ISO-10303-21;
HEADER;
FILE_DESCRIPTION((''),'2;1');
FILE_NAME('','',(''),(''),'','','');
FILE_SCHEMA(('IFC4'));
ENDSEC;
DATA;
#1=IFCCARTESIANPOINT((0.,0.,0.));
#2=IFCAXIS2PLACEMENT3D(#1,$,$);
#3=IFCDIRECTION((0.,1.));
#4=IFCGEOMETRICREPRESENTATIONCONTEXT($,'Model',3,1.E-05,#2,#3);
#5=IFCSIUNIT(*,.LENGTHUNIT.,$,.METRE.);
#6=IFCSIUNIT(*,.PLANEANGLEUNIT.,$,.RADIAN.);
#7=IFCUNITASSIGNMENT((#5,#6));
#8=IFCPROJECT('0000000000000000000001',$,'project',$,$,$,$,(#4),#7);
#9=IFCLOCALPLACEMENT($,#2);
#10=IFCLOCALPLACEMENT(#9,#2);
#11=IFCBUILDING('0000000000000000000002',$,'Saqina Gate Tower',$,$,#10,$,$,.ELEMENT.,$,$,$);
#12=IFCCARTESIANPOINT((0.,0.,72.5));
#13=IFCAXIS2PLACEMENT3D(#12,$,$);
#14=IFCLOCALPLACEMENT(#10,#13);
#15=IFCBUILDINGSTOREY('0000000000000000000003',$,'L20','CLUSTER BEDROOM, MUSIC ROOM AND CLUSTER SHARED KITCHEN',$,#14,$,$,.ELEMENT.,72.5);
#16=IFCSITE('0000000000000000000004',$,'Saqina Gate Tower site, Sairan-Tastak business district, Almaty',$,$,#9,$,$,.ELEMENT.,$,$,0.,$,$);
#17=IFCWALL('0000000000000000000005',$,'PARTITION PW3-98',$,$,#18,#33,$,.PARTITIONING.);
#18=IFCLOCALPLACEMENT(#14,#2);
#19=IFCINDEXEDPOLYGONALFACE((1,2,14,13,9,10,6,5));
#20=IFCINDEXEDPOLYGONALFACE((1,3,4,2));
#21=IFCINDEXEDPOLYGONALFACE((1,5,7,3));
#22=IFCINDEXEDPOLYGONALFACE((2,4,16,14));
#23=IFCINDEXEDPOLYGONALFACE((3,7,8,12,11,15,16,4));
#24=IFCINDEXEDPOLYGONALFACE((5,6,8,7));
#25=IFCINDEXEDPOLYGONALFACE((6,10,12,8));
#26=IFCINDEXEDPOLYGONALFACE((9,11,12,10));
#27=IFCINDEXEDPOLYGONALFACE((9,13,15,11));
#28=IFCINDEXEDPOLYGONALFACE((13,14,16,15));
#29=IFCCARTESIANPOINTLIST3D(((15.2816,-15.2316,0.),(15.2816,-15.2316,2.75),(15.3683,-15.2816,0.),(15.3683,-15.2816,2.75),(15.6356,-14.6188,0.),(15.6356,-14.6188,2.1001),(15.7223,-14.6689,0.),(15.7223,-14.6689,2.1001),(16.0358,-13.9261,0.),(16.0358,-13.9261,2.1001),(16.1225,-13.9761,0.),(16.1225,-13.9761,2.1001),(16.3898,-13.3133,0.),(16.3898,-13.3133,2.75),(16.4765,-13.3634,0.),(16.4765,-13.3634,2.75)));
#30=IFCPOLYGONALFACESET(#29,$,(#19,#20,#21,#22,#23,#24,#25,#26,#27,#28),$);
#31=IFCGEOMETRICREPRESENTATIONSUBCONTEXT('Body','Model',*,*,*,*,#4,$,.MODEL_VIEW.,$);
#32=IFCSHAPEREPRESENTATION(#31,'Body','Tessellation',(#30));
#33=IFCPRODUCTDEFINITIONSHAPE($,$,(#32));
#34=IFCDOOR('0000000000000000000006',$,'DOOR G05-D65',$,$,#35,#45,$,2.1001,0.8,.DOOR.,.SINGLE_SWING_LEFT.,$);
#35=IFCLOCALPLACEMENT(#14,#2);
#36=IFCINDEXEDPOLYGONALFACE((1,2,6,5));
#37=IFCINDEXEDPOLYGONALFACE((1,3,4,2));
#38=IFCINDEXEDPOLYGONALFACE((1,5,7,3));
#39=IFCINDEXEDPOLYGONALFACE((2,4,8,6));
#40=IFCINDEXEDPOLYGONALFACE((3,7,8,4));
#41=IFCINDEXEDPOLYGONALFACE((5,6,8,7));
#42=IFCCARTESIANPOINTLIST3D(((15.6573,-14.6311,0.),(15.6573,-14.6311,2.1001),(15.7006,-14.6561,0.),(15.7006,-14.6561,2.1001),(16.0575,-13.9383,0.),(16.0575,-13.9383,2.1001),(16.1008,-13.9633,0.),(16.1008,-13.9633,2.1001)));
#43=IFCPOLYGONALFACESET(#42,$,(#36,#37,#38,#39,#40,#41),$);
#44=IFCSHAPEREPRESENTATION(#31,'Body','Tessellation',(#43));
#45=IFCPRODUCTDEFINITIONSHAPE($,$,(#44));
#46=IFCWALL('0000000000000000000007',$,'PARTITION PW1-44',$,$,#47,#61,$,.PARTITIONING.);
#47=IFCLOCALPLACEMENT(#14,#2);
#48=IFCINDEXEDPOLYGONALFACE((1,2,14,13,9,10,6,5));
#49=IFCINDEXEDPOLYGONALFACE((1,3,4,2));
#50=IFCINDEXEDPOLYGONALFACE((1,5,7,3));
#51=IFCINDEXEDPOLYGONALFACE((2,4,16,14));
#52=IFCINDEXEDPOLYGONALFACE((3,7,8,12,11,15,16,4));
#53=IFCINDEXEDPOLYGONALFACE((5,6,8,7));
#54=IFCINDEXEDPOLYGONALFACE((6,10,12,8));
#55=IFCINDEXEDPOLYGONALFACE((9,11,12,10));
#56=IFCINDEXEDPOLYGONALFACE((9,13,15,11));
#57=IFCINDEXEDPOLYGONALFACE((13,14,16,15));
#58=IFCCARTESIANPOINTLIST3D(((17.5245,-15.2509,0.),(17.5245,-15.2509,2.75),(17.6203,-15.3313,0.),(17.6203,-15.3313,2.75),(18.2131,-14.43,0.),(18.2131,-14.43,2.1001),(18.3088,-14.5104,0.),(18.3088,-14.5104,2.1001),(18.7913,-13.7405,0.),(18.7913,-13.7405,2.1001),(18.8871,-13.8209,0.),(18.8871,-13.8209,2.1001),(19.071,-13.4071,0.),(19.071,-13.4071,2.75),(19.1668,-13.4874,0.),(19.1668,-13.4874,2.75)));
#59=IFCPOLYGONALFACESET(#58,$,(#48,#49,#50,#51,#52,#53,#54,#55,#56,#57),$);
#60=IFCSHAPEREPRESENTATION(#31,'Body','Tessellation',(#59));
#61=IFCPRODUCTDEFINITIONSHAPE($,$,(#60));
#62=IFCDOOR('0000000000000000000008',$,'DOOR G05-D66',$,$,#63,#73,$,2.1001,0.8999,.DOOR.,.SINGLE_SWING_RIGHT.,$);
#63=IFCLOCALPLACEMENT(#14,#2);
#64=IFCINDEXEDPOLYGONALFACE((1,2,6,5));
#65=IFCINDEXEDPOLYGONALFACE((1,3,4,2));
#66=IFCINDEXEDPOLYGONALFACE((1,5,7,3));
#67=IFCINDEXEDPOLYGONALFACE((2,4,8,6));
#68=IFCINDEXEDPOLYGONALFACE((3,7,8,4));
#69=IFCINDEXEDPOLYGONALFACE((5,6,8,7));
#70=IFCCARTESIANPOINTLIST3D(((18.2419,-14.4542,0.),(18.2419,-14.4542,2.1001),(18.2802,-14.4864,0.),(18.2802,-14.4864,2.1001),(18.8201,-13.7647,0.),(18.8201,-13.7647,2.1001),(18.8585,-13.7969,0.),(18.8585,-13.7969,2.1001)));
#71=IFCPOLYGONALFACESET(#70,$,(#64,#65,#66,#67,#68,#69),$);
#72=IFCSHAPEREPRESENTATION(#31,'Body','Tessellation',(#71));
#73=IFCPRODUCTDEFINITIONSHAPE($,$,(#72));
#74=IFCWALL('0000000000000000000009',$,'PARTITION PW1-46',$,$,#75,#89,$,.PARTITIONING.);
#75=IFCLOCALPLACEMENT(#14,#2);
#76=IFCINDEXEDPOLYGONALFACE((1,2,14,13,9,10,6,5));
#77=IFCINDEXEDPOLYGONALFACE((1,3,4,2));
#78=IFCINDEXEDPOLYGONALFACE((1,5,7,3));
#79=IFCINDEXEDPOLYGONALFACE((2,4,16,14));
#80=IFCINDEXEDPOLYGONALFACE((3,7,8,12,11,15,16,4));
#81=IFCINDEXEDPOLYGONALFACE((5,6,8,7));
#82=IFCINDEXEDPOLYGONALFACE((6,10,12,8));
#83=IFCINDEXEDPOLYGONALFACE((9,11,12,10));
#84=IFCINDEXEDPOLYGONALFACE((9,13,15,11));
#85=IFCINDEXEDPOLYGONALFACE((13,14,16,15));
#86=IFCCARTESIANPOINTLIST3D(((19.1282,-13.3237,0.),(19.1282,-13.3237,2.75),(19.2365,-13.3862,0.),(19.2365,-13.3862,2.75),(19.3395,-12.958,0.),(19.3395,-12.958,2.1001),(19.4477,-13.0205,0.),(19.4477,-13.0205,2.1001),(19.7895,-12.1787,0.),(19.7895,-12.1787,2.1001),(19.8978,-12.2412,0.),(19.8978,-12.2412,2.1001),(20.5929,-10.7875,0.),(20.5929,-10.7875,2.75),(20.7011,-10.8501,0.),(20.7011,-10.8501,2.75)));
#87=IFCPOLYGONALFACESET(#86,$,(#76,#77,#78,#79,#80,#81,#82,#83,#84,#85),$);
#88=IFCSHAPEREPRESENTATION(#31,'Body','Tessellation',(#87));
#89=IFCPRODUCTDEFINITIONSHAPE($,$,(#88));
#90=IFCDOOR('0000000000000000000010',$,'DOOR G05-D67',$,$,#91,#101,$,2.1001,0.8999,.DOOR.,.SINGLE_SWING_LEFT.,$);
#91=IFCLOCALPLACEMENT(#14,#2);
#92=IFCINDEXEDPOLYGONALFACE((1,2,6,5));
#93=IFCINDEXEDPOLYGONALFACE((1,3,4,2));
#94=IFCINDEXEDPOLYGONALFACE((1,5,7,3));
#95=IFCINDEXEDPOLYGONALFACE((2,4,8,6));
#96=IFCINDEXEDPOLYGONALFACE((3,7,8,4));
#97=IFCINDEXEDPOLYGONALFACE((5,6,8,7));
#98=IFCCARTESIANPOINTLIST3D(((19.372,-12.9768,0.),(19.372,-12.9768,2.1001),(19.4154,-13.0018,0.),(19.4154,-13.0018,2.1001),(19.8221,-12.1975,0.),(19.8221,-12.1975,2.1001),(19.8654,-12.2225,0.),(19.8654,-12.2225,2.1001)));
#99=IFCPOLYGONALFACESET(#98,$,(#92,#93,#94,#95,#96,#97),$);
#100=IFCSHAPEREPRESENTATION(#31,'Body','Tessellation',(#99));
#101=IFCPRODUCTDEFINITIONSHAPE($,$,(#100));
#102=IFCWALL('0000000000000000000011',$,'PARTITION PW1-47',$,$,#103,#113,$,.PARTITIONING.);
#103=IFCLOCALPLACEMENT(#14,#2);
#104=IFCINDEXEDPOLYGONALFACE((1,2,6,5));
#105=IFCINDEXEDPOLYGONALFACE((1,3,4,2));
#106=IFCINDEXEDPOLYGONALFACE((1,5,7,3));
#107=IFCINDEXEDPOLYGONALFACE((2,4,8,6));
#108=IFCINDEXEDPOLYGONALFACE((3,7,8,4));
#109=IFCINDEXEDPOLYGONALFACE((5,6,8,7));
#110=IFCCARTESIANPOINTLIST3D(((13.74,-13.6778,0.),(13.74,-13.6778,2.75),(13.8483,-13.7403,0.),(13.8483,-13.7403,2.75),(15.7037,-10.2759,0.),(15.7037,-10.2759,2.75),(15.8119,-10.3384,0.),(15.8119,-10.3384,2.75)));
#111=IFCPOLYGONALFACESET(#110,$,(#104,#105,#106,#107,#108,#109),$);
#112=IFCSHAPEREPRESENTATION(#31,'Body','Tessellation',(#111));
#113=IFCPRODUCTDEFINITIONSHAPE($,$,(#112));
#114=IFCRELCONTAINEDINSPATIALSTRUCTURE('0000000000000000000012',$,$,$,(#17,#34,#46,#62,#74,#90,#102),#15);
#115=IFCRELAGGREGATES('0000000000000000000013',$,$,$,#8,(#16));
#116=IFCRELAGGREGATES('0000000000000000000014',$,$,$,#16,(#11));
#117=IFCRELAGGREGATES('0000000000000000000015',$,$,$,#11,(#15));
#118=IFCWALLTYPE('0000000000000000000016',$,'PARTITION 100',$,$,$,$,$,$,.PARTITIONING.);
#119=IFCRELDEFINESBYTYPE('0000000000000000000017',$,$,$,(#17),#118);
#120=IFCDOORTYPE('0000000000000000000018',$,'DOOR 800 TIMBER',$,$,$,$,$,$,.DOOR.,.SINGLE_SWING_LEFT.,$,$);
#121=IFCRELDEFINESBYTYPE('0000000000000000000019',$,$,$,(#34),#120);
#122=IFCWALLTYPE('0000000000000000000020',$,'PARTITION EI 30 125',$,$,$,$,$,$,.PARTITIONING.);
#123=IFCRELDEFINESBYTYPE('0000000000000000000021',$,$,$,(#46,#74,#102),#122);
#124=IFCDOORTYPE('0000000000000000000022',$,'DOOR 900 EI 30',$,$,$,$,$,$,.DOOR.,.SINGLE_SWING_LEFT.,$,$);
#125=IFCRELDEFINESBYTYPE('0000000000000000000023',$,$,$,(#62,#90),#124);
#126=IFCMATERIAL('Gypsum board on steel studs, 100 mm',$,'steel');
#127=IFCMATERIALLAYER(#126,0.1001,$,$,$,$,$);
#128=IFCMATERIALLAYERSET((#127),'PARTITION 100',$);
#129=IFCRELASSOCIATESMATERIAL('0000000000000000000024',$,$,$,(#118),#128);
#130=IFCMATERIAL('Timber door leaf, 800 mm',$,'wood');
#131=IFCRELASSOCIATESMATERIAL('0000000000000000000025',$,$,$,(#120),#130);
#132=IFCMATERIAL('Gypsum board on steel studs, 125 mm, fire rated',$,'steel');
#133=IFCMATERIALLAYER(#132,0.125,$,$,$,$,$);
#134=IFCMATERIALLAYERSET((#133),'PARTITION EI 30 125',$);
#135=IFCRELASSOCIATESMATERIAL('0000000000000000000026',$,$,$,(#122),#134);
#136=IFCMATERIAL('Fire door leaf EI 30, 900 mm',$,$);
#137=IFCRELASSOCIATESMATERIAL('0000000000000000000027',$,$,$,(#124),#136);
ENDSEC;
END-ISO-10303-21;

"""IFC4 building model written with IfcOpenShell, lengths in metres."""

from ifc_helpers import new_model, si_unit, direction, frame, frame_2d, origin, place, context, subcontext, project, spatial, rectangle, extrude, material, layer, layer_set, type_object, element, fill, save


model = new_model("IFC4")

# Units and contexts
model_context = context("Model", 3, precision=1e-05, world=origin(), true_north=direction((0.0, 1.0)))
body_context = subcontext(model_context, "Body", "Model", "MODEL_VIEW")
ifc_project = project(units=[si_unit("LENGTHUNIT", "METRE"), si_unit("PLANEANGLEUNIT", "RADIAN")], contexts=[model_context])

# Site, building, storey
site_placement = place(None, origin())
site = spatial("IfcSite", under=ifc_project, at=site_placement, Name="Saqina Gate Tower site, Sairan-Tastak business district, Almaty", CompositionType="ELEMENT", RefElevation=0.0)
building_placement = place(site_placement, origin())
building = spatial("IfcBuilding", under=site, at=building_placement, Name="Saqina Gate Tower", CompositionType="ELEMENT")
storey_placement = place(building_placement, frame((0.0, 0.0, 72.5)))
storey = spatial("IfcBuildingStorey", under=building, at=storey_placement, Name="L20", Description="CLUSTER BEDROOM, MUSIC ROOM AND CLUSTER SHARED KITCHEN", CompositionType="ELEMENT", Elevation=72.5)

# Shared definitions
ifc_material_1 = material(Name="Gypsum board on steel studs, 100 mm", Category="steel")
ifc_layer_1 = layer(ifc_material_1, 0.1001)
ifc_layer_set_1 = layer_set([ifc_layer_1], Name="PARTITION 100")
wall_type_1 = type_object("IfcWallType", Name="PARTITION 100", PredefinedType="PARTITIONING", material=ifc_layer_set_1)

# Walls, openings, doors
ifc_material_2 = material(Name="Timber door leaf, 800 mm", Category="wood")
door_type_1 = type_object("IfcDoorType", Name="DOOR 800 TIMBER", OperationType="SINGLE_SWING_LEFT", PredefinedType="DOOR", material=ifc_material_2)
wall_1_placement = place(storey_placement, frame((15.325, -15.2566, 0.0), z_axis=(0.0, 0.0, 1.0), x_axis=(0.500228, 0.865894, 0.0)))
wall_1 = element("IfcWall", 1, at=wall_1_placement, inside=storey, type_object=wall_type_1, Name="PARTITION PW3-98", PredefinedType="PARTITIONING", context=body_context, shape_type="SweptSolid", body=[
    extrude(rectangle(XDim=2.2153, YDim=0.1001, at=frame_2d((1.1077, 0.0))), origin(), (0.0, 0.0, 1.0), 2.75),
])
opening_1_placement = place(wall_1_placement, frame((0.7078, 0.0, 0.0)))
opening_1 = element("IfcOpeningElement", 2, at=opening_1_placement, cuts=wall_1, PredefinedType="OPENING", context=body_context, shape_type="SweptSolid", body=[
    extrude(rectangle(XDim=0.8, YDim=2.1001, at=frame_2d((0.3999, 1.05))), frame((0.0, 0.062, 0.0), z_axis=(0.0, -1.0, 0.0), x_axis=(1.0, 0.0, 0.0)), (0.0, 0.0, 1.0), 0.124),
])
door_1_placement = place(opening_1_placement, frame((0.8, 0.0, 0.0), z_axis=(0.0, 0.0, 1.0), x_axis=(-1.0, 0.0, 0.0)))
door_1 = element("IfcDoor", 3, at=door_1_placement, inside=storey, type_object=door_type_1, Name="DOOR G05-D65", OperationType="SINGLE_SWING_LEFT", OverallHeight=2.1001, OverallWidth=0.8, PredefinedType="DOOR", context=body_context, shape_type="SweptSolid", body=[
    extrude(rectangle(XDim=0.8, YDim=2.1001, at=frame_2d((0.3999, 1.05))), frame((0.0, 0.0249, 0.0), z_axis=(0.0, -1.0, 0.0), x_axis=(1.0, 0.0, 0.0)), (0.0, 0.0, 1.0), 0.05),
])
fill(opening_1, door_1)
ifc_material_3 = material(Name="Gypsum board on steel studs, 125 mm, fire rated", Category="steel")
ifc_layer_2 = layer(ifc_material_3, 0.125)
ifc_layer_set_2 = layer_set([ifc_layer_2], Name="PARTITION EI 30 125")
wall_type_2 = type_object("IfcWallType", Name="PARTITION EI 30 125", PredefinedType="PARTITIONING", material=ifc_layer_set_2)
wall_2_placement = place(storey_placement, frame((17.5725, -15.291, 0.0), z_axis=(0.0, 0.0, 1.0), x_axis=(0.642616, 0.766188, 0.0)))
wall_2 = element("IfcWall", 4, at=wall_2_placement, inside=storey, type_object=wall_type_2, Name="PARTITION PW1-44", PredefinedType="PARTITIONING", context=body_context, shape_type="SweptSolid", body=[
    extrude(rectangle(XDim=2.4065, YDim=0.125, at=frame_2d((1.2031, 0.0))), origin(), (0.0, 0.0, 1.0), 2.75),
])
opening_2_placement = place(wall_2_placement, frame((1.0713, 0.0, 0.0)))
opening_2 = element("IfcOpeningElement", 5, at=opening_2_placement, cuts=wall_2, PredefinedType="OPENING", context=body_context, shape_type="SweptSolid", body=[
    extrude(rectangle(XDim=0.8999, YDim=2.1001, at=frame_2d((0.45, 1.05))), frame((0.0, 0.0745, 0.0), z_axis=(0.0, -1.0, 0.0), x_axis=(1.0, 0.0, 0.0)), (0.0, 0.0, 1.0), 0.1489),
])
ifc_material_4 = material(Name="Fire door leaf EI 30, 900 mm")
door_type_2 = type_object("IfcDoorType", Name="DOOR 900 EI 30", OperationType="SINGLE_SWING_LEFT", PredefinedType="DOOR", material=ifc_material_4)
door_2_placement = place(opening_2_placement, origin())
door_2 = element("IfcDoor", 6, at=door_2_placement, inside=storey, type_object=door_type_2, Name="DOOR G05-D66", OperationType="SINGLE_SWING_RIGHT", OverallHeight=2.1001, OverallWidth=0.8999, PredefinedType="DOOR", context=body_context, shape_type="SweptSolid", body=[
    extrude(rectangle(XDim=0.8999, YDim=2.1001, at=frame_2d((0.45, 1.05))), frame((0.0, 0.0249, 0.0), z_axis=(0.0, -1.0, 0.0), x_axis=(1.0, 0.0, 0.0)), (0.0, 0.0, 1.0), 0.05),
])
fill(opening_2, door_2)
wall_3_placement = place(storey_placement, frame((19.1824, -13.355, 0.0), z_axis=(0.0, 0.0, 1.0), x_axis=(0.500093, 0.865972, 0.0)))
wall_3 = element("IfcWall", 7, at=wall_3_placement, inside=storey, type_object=wall_type_2, Name="PARTITION PW1-46", PredefinedType="PARTITIONING", context=body_context, shape_type="SweptSolid", body=[
    extrude(rectangle(XDim=2.9287, YDim=0.125, at=frame_2d((1.4644, 0.0))), origin(), (0.0, 0.0, 1.0), 2.75),
])
opening_3_placement = place(wall_3_placement, frame((0.4224, 0.0, 0.0)))
opening_3 = element("IfcOpeningElement", 8, at=opening_3_placement, cuts=wall_3, PredefinedType="OPENING", context=body_context, shape_type="SweptSolid", body=[
    extrude(rectangle(XDim=0.8999, YDim=2.1001, at=frame_2d((0.45, 1.05))), frame((0.0, 0.0745, 0.0), z_axis=(0.0, -1.0, 0.0), x_axis=(1.0, 0.0, 0.0)), (0.0, 0.0, 1.0), 0.1489),
])
door_3_placement = place(opening_3_placement, origin())
door_3 = element("IfcDoor", 9, at=door_3_placement, inside=storey, type_object=door_type_2, Name="DOOR G05-D67", OperationType="SINGLE_SWING_LEFT", OverallHeight=2.1001, OverallWidth=0.8999, PredefinedType="DOOR", context=body_context, shape_type="SweptSolid", body=[
    extrude(rectangle(XDim=0.8999, YDim=2.1001, at=frame_2d((0.45, 1.05))), frame((0.0, 0.0249, 0.0), z_axis=(0.0, -1.0, 0.0), x_axis=(1.0, 0.0, 0.0)), (0.0, 0.0, 1.0), 0.05),
])
fill(opening_3, door_3)

# Wall
wall_4_placement = place(storey_placement, frame((13.7942, -13.709, 0.0), z_axis=(0.0, 0.0, 1.0), x_axis=(0.499916, 0.866074, 0.0)))
element("IfcWall", 10, at=wall_4_placement, inside=storey, type_object=wall_type_2, Name="PARTITION PW1-47", PredefinedType="PARTITIONING", context=body_context, shape_type="SweptSolid", body=[
    extrude(rectangle(XDim=3.928, YDim=0.125, at=frame_2d((1.9639, 0.0))), origin(), (0.0, 0.0, 1.0), 2.75),
])

save(model, "model.ifc")
